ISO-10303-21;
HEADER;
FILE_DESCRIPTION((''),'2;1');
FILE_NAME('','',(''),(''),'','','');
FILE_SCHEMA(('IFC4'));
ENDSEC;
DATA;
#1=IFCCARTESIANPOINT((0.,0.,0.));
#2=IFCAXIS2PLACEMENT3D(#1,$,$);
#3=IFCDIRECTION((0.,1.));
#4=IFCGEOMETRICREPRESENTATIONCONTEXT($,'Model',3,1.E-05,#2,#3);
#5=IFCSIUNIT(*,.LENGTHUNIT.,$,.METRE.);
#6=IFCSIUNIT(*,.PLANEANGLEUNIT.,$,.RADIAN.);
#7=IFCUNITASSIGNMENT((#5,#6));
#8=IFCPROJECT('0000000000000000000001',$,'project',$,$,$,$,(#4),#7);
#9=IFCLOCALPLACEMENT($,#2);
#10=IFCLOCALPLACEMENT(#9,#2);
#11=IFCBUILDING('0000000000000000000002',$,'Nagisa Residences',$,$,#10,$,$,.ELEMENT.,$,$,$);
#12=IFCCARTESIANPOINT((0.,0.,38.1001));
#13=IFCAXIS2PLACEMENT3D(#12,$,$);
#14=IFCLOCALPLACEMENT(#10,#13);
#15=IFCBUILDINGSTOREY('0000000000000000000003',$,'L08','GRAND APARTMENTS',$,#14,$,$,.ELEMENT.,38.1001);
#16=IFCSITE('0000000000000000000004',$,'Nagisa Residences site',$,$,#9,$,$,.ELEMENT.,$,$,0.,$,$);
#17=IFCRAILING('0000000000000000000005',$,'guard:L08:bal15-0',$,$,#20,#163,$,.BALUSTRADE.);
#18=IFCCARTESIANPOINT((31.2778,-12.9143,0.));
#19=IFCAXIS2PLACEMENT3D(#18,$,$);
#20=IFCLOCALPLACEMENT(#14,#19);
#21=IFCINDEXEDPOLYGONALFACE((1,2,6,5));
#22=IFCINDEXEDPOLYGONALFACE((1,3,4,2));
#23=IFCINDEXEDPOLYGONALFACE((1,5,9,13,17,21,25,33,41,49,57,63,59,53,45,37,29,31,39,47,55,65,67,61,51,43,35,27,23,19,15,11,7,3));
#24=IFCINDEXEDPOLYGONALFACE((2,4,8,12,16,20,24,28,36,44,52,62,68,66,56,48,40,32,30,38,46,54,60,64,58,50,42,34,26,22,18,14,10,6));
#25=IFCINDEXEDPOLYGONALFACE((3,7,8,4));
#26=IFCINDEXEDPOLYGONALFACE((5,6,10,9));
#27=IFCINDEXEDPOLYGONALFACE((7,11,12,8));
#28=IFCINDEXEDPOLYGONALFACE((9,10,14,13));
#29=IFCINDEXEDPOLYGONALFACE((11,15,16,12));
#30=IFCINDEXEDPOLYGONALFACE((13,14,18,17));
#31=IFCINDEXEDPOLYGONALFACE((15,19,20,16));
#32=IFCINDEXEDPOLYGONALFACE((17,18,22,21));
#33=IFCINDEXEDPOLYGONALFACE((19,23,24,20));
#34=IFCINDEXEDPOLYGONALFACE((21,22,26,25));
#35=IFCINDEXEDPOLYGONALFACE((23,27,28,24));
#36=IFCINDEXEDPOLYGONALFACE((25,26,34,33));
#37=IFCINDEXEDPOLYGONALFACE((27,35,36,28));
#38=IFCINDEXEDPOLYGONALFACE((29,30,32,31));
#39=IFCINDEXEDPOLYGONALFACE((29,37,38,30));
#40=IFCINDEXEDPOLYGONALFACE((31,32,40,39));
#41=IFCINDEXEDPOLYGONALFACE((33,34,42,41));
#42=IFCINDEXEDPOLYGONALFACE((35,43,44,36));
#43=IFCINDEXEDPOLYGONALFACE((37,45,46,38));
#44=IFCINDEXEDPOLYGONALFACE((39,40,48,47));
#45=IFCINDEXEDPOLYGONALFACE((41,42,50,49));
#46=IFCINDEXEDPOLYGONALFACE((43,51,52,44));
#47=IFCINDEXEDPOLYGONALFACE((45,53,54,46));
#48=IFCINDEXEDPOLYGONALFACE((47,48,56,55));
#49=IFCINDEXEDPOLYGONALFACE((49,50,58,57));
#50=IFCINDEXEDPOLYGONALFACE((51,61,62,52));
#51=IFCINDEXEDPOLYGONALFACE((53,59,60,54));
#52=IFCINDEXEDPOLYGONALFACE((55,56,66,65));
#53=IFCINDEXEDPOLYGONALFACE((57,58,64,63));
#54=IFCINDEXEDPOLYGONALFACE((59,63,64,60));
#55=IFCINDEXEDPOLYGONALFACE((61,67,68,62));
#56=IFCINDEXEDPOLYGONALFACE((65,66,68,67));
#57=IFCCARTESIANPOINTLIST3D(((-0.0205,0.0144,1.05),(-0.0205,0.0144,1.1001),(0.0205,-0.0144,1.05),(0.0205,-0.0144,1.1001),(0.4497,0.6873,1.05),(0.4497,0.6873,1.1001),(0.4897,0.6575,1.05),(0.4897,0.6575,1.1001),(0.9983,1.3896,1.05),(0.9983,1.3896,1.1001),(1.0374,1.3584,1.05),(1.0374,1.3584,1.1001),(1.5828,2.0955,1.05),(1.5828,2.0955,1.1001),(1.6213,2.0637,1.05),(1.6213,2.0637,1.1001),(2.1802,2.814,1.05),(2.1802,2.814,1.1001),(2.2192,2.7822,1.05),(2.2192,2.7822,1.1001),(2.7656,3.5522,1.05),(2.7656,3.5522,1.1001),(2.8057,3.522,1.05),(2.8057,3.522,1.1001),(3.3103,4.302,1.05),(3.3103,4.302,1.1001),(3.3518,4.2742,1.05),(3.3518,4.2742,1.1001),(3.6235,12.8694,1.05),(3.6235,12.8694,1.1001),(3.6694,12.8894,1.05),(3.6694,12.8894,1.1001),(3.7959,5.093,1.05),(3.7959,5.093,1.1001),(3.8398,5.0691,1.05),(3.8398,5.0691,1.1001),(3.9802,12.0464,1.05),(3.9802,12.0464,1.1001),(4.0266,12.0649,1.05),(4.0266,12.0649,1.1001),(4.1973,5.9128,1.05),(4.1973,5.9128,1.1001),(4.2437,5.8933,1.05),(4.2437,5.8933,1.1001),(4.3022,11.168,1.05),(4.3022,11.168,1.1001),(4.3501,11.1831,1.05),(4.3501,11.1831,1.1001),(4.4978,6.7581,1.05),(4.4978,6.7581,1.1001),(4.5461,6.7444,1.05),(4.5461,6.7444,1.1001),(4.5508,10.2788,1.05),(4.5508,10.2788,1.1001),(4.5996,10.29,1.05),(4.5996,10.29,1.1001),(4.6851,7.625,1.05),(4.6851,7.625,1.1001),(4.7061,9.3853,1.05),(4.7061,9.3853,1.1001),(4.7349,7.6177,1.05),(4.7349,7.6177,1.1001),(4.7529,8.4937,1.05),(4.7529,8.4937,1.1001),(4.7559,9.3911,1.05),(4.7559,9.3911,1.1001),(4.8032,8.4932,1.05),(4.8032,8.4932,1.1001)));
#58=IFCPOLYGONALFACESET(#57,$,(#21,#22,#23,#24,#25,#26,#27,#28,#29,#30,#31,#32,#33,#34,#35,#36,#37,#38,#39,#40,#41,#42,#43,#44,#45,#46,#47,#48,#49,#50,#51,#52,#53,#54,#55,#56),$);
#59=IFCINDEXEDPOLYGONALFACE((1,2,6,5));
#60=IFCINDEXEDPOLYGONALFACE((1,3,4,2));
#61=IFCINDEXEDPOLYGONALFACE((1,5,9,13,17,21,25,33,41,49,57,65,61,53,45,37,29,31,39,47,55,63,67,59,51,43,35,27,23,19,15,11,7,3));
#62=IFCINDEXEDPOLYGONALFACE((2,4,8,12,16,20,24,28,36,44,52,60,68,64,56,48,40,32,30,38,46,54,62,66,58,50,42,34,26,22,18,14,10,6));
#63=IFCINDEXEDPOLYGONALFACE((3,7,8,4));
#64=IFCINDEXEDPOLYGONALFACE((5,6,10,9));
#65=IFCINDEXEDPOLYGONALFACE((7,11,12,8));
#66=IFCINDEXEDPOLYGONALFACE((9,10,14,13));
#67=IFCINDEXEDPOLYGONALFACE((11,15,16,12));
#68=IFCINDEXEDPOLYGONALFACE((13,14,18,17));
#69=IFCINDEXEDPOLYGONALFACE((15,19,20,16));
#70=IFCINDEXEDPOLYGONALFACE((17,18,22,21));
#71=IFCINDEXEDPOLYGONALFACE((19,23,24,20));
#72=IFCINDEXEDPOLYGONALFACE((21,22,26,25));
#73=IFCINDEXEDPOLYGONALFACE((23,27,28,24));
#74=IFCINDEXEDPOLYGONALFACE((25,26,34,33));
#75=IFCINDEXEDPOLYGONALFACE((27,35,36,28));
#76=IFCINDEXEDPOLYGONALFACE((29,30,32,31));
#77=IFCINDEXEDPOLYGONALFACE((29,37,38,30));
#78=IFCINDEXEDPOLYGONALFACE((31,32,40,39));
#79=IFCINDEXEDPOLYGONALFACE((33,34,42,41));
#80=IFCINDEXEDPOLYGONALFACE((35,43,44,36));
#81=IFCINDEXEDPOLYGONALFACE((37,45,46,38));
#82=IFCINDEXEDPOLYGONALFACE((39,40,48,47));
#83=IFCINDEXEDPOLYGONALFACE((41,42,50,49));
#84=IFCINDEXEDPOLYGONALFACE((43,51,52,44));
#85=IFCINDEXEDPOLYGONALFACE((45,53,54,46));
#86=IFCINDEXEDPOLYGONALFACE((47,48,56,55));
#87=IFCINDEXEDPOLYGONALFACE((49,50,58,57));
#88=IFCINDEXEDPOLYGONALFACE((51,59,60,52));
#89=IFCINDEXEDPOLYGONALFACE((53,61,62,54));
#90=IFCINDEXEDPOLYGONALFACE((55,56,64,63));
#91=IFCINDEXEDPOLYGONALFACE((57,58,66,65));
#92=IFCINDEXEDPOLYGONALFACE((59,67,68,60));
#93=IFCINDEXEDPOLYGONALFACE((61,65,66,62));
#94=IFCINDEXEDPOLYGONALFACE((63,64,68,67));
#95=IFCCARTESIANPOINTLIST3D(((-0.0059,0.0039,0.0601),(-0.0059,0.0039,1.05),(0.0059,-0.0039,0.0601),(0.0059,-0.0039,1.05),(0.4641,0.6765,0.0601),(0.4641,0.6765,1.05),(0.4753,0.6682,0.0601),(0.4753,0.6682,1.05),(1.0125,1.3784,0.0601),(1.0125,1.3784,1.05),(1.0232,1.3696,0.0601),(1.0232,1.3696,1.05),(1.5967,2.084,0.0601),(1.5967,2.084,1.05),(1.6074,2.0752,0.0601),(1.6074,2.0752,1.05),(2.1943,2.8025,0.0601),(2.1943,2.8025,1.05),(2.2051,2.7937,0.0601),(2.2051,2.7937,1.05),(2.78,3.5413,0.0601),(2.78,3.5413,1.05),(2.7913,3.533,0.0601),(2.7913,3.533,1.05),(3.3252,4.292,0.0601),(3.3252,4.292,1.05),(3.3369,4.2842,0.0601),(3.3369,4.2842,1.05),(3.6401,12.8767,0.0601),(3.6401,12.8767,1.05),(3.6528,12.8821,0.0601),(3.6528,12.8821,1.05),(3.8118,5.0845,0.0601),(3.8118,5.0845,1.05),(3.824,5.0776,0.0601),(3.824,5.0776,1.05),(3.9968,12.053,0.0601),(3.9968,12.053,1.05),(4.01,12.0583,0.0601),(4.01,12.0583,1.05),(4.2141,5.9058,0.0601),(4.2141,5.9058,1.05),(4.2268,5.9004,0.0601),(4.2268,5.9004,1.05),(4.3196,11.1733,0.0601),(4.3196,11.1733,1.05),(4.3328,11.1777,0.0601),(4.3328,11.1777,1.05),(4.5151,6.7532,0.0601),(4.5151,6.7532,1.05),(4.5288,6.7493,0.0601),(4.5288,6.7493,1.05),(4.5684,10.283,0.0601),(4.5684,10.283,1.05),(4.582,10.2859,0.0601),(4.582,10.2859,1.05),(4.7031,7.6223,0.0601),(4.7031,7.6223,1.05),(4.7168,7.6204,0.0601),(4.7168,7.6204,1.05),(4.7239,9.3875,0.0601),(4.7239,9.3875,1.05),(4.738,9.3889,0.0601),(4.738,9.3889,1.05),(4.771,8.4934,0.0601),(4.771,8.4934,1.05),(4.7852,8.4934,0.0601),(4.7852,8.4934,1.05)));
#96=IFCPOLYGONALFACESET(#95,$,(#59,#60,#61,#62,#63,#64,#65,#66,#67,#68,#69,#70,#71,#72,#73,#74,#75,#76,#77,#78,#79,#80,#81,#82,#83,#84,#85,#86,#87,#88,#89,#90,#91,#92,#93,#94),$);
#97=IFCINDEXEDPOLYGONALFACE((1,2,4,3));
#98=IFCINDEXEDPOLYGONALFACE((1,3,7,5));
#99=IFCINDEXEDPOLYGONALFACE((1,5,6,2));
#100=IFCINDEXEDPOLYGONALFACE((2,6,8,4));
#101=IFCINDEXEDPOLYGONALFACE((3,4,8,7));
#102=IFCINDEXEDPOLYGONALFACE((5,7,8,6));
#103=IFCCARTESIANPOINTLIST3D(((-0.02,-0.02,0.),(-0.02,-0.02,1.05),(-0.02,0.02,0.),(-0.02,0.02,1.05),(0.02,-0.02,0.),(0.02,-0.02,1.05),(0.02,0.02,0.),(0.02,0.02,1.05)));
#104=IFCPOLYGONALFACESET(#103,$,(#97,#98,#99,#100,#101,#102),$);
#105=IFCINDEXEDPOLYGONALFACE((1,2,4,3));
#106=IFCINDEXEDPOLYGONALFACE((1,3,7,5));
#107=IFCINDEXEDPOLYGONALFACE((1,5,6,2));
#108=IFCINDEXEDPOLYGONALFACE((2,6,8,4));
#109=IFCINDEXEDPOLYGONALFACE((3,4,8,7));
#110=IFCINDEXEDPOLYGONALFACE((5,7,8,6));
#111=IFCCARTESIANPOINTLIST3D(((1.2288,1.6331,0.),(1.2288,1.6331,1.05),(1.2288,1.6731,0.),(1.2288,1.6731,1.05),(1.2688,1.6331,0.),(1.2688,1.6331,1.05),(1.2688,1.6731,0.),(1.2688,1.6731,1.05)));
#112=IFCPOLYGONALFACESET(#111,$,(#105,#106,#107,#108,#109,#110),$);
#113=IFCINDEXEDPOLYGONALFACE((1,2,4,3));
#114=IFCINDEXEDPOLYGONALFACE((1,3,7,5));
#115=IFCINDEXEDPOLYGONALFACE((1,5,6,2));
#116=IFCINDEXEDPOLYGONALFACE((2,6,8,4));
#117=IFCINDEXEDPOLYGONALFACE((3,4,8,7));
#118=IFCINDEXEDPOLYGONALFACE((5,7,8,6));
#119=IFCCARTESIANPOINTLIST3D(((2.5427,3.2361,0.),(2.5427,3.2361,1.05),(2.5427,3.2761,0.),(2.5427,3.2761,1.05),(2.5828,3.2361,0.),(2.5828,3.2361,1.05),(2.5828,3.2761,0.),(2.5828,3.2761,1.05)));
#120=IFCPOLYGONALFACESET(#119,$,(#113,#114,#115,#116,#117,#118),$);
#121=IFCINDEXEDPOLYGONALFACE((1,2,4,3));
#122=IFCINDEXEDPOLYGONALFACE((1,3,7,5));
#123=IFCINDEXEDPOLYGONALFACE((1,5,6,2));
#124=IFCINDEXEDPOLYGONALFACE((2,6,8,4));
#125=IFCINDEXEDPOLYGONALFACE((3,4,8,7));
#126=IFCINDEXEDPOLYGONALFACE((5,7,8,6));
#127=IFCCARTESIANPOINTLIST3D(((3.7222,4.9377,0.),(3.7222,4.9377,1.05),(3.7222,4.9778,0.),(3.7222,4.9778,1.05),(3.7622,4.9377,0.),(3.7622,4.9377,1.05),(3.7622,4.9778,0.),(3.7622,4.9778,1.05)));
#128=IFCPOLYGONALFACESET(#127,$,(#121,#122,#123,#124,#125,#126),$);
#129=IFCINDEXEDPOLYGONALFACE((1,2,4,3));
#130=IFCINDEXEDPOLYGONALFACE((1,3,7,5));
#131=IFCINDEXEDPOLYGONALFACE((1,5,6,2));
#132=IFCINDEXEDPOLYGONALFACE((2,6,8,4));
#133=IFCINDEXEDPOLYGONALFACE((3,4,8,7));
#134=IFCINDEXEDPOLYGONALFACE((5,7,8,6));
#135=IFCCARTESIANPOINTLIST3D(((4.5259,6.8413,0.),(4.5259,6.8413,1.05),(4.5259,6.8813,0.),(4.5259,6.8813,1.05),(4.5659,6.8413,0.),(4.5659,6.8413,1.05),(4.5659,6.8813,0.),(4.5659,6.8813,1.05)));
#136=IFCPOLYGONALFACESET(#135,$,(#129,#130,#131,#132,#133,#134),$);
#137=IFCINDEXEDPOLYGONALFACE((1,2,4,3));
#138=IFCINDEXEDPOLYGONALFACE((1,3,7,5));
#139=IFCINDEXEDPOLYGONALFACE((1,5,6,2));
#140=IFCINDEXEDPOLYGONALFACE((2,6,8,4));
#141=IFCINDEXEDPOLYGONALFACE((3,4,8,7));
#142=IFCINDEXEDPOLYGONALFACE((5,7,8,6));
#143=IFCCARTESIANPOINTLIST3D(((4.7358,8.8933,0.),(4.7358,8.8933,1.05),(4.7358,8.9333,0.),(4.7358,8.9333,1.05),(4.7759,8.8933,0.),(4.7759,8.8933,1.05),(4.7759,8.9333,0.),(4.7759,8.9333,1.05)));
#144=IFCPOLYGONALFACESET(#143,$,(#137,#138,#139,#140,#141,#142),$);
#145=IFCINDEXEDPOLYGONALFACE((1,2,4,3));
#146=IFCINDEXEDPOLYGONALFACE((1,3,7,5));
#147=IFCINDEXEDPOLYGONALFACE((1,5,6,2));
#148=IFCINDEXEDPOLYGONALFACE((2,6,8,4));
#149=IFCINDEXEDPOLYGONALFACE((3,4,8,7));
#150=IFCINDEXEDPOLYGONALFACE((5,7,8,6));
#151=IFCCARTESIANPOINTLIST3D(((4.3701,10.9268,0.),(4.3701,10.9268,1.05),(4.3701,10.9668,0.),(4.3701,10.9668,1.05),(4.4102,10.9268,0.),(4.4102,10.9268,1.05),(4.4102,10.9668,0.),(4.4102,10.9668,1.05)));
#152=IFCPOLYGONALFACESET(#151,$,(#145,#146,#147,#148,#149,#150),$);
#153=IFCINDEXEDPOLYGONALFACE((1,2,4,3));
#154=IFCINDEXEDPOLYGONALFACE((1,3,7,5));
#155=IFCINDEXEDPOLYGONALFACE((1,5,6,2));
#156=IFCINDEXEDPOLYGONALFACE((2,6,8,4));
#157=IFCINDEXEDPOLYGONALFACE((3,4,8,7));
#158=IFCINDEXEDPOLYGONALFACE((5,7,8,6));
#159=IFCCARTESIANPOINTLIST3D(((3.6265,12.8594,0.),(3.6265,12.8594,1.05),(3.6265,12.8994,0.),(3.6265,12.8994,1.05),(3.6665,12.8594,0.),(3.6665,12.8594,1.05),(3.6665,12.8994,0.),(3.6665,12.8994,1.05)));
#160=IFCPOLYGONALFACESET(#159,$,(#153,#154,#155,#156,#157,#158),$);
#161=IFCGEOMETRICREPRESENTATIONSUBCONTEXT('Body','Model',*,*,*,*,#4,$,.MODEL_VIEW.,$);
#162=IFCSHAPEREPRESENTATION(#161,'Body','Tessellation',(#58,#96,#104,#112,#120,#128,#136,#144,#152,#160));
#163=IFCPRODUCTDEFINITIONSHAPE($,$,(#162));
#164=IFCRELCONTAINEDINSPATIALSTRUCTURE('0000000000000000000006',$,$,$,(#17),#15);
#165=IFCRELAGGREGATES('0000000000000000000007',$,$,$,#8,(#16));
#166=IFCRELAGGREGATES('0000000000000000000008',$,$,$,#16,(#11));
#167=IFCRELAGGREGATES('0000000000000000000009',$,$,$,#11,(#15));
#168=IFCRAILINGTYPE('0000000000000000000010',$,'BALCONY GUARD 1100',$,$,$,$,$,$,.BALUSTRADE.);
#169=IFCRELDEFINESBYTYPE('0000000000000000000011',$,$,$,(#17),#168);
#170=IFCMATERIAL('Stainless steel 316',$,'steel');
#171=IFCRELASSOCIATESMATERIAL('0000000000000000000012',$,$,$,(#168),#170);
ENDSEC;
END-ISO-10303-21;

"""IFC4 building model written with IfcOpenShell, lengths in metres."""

from ifc_helpers import new_model, si_unit, direction, frame, origin, origin_2d, place, context, subcontext, project, spatial, polyline, rectangle, outline, extrude, material, type_object, element, save


model = new_model("IFC4")

# Units and contexts
model_context = context("Model", 3, precision=1e-05, world=origin(), true_north=direction((0.0, 1.0)))
body_context = subcontext(model_context, "Body", "Model", "MODEL_VIEW")
ifc_project = project(units=[si_unit("LENGTHUNIT", "METRE"), si_unit("PLANEANGLEUNIT", "RADIAN")], contexts=[model_context])

# Site, building, storey
site_placement = place(None, origin())
site = spatial("IfcSite", under=ifc_project, at=site_placement, Name="Nagisa Residences site", CompositionType="ELEMENT", RefElevation=0.0)
building_placement = place(site_placement, origin())
building = spatial("IfcBuilding", under=site, at=building_placement, Name="Nagisa Residences", CompositionType="ELEMENT")
storey_placement = place(building_placement, frame((0.0, 0.0, 38.1001)))
storey = spatial("IfcBuildingStorey", under=building, at=storey_placement, Name="L08", Description="GRAND APARTMENTS", CompositionType="ELEMENT", Elevation=38.1001)

# Railing
ifc_material_1 = material(Name="Stainless steel 316", Category="steel")
railing_type = type_object("IfcRailingType", Name="BALCONY GUARD 1100", PredefinedType="BALUSTRADE", material=ifc_material_1)
railing_placement = place(storey_placement, frame((31.2778, -12.9143, 0.0)))
element("IfcRailing", 1, at=railing_placement, inside=storey, type_object=railing_type, Name="guard:L08:bal15-0", PredefinedType="BALUSTRADE", context=body_context, shape_type="SweptSolid", body=[
    extrude(outline(polyline([(0.4497, 0.6873), (-0.0205, 0.0144), (0.0205, -0.0144), (0.4897, 0.6575), (1.0374, 1.3584), (1.6213, 2.0637), (2.2192, 2.7822), (2.8057, 3.522), (3.3518, 4.2742), (3.8398, 5.0691), (4.2437, 5.8933), (4.5461, 6.7444), (4.7349, 7.6177), (4.8032, 8.4932), (4.7559, 9.3911), (4.5996, 10.29), (4.3501, 11.1831), (4.0266, 12.0649), (3.6694, 12.8894), (3.6235, 12.8694), (3.9802, 12.0464), (4.3022, 11.168), (4.5508, 10.2788), (4.7061, 9.3853), (4.7529, 8.4937), (4.6851, 7.625), (4.4978, 6.7581), (4.1973, 5.9128), (3.7959, 5.093), (3.3103, 4.302), (2.7656, 3.5522), (2.1802, 2.814), (1.5828, 2.0955), (0.9983, 1.3896), (0.4497, 0.6873)])), frame((0.0, 0.0, 1.05)), (0.0, 0.0, 1.0), 0.05),
    extrude(outline(polyline([(0.4641, 0.6765), (-0.0059, 0.0039), (0.0059, -0.0039), (0.4753, 0.6682), (1.0232, 1.3696), (1.6074, 2.0752), (2.2051, 2.7937), (2.7913, 3.533), (3.3369, 4.2842), (3.824, 5.0776), (4.2268, 5.9004), (4.5288, 6.7493), (4.7168, 7.6204), (4.7852, 8.4934), (4.738, 9.3889), (4.582, 10.2859), (4.3328, 11.1777), (4.01, 12.0583), (3.6528, 12.8821), (3.6401, 12.8767), (3.9968, 12.053), (4.3196, 11.1733), (4.5684, 10.283), (4.7239, 9.3875), (4.771, 8.4934), (4.7031, 7.6223), (4.5151, 6.7532), (4.2141, 5.9058), (3.8118, 5.0845), (3.3252, 4.292), (2.78, 3.5413), (2.1943, 2.8025), (1.5967, 2.084), (1.0125, 1.3784), (0.4641, 0.6765)])), frame((0.0, 0.0, 0.0601)), (0.0, 0.0, 1.0), 0.99),
    extrude(rectangle(XDim=0.04, YDim=0.04, at=origin_2d()), origin(), (0.0, 0.0, 1.0), 1.05),
    extrude(rectangle(XDim=0.04, YDim=0.04, at=origin_2d()), frame((1.2488, 1.6531, 0.0)), (0.0, 0.0, 1.0), 1.05),
    extrude(rectangle(XDim=0.04, YDim=0.04, at=origin_2d()), frame((2.5627, 3.2561, 0.0)), (0.0, 0.0, 1.0), 1.05),
    extrude(rectangle(XDim=0.04, YDim=0.04, at=origin_2d()), frame((3.7422, 4.9578, 0.0)), (0.0, 0.0, 1.0), 1.05),
    extrude(rectangle(XDim=0.04, YDim=0.04, at=origin_2d()), frame((4.5459, 6.8613, 0.0)), (0.0, 0.0, 1.0), 1.05),
    extrude(rectangle(XDim=0.04, YDim=0.04, at=origin_2d()), frame((4.7559, 8.9133, 0.0)), (0.0, 0.0, 1.0), 1.05),
    extrude(rectangle(XDim=0.04, YDim=0.04, at=origin_2d()), frame((4.3901, 10.9468, 0.0)), (0.0, 0.0, 1.0), 1.05),
    extrude(rectangle(XDim=0.04, YDim=0.04, at=origin_2d()), frame((3.6465, 12.8794, 0.0)), (0.0, 0.0, 1.0), 1.05),
])

save(model, "model.ifc")
